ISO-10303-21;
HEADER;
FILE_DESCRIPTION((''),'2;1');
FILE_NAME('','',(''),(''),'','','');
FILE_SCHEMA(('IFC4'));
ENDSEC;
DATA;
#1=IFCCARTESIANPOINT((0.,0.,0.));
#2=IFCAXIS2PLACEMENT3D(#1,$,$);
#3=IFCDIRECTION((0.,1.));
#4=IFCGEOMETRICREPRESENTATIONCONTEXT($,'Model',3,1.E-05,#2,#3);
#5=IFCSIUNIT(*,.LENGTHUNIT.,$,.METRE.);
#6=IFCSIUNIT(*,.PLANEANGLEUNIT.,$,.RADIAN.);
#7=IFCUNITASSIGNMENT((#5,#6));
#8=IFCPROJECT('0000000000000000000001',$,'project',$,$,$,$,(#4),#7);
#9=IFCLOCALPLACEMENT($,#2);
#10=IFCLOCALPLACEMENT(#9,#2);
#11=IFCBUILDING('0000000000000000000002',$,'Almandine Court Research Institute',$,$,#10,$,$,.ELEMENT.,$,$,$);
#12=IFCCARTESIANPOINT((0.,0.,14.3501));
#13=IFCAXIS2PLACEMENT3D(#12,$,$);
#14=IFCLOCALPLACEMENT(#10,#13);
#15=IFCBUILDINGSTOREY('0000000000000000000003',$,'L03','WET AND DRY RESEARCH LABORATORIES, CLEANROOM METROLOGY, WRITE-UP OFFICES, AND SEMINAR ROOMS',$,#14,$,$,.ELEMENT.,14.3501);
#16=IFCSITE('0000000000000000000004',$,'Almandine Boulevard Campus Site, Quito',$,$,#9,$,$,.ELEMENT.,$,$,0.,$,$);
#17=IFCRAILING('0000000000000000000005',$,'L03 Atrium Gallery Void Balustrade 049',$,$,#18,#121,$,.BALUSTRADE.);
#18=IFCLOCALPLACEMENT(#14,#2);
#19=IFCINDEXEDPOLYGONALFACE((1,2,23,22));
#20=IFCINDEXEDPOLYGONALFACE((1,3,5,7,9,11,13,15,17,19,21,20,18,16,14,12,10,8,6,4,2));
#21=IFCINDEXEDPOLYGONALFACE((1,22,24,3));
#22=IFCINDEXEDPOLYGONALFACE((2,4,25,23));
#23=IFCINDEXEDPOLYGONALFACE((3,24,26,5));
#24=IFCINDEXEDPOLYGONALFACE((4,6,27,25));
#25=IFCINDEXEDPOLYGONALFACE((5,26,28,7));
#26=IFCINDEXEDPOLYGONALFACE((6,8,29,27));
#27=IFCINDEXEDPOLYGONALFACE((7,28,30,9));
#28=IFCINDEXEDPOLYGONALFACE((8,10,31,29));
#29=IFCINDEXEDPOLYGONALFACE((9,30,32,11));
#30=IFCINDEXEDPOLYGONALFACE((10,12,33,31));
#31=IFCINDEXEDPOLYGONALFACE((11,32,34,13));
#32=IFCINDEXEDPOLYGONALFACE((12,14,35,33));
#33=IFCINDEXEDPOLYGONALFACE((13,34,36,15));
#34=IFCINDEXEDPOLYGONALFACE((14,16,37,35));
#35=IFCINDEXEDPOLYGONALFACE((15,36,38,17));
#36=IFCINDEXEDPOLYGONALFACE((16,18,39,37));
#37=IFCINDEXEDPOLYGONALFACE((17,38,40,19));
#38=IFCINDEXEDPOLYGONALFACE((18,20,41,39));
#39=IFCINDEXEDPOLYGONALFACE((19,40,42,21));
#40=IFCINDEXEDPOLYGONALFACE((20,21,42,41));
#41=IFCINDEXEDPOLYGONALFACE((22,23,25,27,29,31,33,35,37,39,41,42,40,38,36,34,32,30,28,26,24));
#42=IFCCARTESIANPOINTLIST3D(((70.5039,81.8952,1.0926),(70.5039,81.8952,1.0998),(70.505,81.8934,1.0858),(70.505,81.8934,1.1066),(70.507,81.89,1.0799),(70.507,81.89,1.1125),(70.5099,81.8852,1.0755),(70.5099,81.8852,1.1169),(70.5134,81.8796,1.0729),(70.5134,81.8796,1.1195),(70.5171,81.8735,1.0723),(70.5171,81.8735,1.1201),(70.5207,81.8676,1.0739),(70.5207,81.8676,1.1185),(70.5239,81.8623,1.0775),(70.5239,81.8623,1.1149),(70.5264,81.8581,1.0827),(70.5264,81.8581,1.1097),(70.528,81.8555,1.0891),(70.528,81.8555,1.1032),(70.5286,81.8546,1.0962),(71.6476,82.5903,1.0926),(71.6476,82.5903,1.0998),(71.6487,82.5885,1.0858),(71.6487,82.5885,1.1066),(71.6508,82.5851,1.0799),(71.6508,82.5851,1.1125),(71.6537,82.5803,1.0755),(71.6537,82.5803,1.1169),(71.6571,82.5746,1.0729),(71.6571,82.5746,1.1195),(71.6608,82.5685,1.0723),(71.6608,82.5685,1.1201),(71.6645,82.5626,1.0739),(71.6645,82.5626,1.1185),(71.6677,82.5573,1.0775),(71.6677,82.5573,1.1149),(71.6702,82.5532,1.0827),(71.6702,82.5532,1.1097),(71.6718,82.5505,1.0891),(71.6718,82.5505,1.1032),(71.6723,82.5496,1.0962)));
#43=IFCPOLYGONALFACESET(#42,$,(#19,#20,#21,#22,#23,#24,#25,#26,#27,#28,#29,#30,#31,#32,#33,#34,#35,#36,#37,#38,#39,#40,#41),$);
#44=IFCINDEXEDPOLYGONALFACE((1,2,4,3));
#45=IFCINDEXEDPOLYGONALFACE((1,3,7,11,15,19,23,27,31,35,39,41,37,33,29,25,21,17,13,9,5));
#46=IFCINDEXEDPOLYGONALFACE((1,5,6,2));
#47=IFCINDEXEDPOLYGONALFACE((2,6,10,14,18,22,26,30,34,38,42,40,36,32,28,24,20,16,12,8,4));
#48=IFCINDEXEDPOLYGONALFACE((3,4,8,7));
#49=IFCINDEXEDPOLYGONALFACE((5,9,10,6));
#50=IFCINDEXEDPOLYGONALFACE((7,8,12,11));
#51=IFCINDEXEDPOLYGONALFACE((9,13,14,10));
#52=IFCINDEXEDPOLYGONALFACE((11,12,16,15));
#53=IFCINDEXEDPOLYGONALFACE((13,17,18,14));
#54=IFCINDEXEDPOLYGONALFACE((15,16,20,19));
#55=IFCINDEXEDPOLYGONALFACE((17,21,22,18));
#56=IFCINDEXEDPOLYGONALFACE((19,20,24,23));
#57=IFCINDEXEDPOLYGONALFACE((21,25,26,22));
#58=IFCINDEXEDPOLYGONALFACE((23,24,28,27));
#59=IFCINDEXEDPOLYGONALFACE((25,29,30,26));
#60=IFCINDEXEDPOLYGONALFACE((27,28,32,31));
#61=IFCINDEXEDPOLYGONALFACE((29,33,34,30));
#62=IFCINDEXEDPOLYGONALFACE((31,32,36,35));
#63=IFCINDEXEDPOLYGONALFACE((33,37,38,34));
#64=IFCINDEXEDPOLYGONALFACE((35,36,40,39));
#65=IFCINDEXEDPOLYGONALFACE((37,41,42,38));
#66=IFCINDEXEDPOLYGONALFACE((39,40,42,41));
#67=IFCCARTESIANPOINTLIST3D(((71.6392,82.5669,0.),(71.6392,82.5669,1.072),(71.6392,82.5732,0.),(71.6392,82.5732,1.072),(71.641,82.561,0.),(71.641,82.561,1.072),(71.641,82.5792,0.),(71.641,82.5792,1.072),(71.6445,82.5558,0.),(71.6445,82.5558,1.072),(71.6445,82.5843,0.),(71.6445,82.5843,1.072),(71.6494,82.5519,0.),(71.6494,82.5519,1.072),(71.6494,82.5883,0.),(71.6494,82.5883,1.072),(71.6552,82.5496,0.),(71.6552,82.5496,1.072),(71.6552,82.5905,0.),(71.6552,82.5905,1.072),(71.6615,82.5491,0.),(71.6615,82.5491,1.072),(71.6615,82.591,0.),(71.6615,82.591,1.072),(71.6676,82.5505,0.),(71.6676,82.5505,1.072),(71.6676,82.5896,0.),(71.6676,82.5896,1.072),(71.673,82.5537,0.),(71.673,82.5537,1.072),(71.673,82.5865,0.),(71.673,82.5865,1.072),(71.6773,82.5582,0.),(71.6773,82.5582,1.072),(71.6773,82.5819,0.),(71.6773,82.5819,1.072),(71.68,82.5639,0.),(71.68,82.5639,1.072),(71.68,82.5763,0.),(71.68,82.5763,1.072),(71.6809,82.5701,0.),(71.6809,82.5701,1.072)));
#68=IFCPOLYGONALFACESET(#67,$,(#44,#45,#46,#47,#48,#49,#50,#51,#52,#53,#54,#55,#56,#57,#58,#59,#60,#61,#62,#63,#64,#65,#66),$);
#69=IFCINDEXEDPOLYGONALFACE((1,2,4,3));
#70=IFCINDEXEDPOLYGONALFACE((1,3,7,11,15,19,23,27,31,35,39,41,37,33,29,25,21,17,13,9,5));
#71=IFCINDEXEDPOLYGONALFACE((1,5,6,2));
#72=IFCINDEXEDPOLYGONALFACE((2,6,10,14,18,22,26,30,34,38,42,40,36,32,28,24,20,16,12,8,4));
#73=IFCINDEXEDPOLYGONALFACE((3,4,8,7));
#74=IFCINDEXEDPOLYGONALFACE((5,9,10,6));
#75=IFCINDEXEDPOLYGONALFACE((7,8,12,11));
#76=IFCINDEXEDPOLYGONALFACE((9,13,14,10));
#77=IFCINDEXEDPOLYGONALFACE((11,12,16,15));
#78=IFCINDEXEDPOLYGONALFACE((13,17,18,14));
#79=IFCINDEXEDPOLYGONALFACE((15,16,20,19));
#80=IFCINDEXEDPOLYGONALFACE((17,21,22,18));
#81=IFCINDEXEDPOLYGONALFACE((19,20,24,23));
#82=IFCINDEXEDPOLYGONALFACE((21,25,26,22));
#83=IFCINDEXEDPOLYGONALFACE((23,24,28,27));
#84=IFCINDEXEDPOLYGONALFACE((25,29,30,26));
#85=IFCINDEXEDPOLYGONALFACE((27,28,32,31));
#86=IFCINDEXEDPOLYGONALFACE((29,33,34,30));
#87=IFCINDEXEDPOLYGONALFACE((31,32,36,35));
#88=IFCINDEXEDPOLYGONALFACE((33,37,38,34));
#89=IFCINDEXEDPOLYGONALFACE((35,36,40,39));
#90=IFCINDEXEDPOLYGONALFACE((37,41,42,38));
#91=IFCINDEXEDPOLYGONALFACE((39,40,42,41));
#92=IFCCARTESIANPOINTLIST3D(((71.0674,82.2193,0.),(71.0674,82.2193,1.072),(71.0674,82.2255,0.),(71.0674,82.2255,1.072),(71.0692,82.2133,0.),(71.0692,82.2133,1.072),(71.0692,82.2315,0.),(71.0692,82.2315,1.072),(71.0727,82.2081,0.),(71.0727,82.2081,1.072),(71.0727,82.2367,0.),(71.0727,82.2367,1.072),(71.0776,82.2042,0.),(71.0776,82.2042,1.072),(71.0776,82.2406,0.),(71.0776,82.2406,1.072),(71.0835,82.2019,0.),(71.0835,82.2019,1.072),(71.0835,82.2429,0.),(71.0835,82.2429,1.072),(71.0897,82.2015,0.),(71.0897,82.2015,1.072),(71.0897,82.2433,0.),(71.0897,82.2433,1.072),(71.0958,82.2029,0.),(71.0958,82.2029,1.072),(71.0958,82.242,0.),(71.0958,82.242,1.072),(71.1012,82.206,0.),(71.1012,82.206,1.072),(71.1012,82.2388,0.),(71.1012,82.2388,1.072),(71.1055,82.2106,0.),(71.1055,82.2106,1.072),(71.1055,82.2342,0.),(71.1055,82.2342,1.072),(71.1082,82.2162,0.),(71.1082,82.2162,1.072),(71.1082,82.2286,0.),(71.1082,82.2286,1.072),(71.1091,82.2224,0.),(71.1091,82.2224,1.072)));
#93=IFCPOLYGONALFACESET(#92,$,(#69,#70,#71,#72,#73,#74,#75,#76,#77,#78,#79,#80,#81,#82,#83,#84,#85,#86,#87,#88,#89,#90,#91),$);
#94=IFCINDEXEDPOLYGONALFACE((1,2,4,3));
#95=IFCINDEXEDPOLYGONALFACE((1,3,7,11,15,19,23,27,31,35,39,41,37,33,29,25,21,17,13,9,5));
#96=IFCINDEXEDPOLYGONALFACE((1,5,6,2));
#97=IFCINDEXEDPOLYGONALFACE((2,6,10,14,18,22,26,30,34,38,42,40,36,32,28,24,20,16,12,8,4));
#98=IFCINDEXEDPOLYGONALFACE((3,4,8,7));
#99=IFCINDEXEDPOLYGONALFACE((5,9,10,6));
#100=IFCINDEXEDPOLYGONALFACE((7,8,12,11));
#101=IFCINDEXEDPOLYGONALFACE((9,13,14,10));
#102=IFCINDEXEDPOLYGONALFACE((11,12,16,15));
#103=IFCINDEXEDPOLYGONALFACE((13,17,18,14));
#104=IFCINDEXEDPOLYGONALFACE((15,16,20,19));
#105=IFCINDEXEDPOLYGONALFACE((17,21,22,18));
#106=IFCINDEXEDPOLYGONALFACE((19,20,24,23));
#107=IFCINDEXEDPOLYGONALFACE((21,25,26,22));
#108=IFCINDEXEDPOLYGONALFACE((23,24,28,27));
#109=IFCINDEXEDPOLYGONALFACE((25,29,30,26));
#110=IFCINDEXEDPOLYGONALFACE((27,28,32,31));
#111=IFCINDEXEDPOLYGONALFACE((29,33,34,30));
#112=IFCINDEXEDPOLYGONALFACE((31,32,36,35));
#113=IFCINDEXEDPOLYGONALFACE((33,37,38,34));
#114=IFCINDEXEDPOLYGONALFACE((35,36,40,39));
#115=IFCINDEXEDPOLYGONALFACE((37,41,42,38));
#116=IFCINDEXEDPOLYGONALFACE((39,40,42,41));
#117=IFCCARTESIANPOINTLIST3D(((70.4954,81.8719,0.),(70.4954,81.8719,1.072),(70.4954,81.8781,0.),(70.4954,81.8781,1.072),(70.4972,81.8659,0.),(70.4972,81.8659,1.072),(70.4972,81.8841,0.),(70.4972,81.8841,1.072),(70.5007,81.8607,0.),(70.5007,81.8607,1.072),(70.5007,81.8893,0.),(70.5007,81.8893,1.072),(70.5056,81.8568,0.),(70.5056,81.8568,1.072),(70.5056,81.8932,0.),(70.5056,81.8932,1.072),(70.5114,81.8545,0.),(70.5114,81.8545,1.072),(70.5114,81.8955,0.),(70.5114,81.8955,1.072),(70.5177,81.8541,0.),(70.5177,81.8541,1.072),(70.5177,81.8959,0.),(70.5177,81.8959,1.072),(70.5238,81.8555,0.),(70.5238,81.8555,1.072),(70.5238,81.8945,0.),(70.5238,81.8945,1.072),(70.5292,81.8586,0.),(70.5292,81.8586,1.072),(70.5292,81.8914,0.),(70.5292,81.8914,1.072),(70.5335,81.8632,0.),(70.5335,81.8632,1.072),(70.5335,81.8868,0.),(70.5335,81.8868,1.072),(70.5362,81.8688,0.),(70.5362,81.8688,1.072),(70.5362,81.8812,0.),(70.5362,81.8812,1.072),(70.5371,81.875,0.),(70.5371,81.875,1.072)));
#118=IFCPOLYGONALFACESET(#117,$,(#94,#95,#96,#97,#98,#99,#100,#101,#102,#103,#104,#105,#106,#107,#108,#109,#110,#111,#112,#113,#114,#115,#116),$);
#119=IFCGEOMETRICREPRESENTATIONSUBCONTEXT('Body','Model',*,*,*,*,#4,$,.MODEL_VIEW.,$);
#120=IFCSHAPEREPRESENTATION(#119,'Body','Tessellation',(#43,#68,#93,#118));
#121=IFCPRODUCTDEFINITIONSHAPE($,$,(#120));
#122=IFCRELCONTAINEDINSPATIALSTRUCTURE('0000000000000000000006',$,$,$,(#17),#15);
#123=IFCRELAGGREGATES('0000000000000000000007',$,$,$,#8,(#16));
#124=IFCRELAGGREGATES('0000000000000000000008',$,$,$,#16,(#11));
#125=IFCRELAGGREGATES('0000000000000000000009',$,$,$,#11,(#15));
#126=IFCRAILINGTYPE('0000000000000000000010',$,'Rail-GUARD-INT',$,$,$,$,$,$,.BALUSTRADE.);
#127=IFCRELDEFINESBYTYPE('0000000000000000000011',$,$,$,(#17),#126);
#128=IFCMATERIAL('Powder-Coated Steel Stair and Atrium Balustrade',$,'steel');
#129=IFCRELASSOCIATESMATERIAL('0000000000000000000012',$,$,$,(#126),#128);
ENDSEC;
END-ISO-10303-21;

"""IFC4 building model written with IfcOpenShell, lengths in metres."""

from ifc_helpers import new_model, si_unit, direction, frame, origin, origin_2d, place, context, subcontext, project, spatial, circle, extrude, material, type_object, element, save


model = new_model("IFC4")

# Units and contexts
model_context = context("Model", 3, precision=1e-05, world=origin(), true_north=direction((0.0, 1.0)))
body_context = subcontext(model_context, "Body", "Model", "MODEL_VIEW")
ifc_project = project(units=[si_unit("LENGTHUNIT", "METRE"), si_unit("PLANEANGLEUNIT", "RADIAN")], contexts=[model_context])

# Site, building, storey
site_placement = place(None, origin())
site = spatial("IfcSite", under=ifc_project, at=site_placement, Name="Almandine Boulevard Campus Site, Quito", CompositionType="ELEMENT", RefElevation=0.0)
building_placement = place(site_placement, origin())
building = spatial("IfcBuilding", under=site, at=building_placement, Name="Almandine Court Research Institute", CompositionType="ELEMENT")
storey_placement = place(building_placement, frame((0.0, 0.0, 14.3501)))
storey = spatial("IfcBuildingStorey", under=building, at=storey_placement, Name="L03", Description="WET AND DRY RESEARCH LABORATORIES, CLEANROOM METROLOGY, WRITE-UP OFFICES, AND SEMINAR ROOMS", CompositionType="ELEMENT", Elevation=14.3501)

# Railing
ifc_material_1 = material(Name="Powder-Coated Steel Stair and Atrium Balustrade", Category="steel")
railing_type = type_object("IfcRailingType", Name="Rail-GUARD-INT", PredefinedType="BALUSTRADE", material=ifc_material_1)
railing_1_placement = place(storey_placement, frame((71.6599, 82.5701, 0.0)))
element("IfcRailing", 1, at=railing_1_placement, inside=storey, type_object=railing_type, Name="L03 Atrium Gallery Void Balustrade 049", PredefinedType="BALUSTRADE", context=body_context, shape_type="SweptSolid", body=[
    extrude(circle(Radius=0.0239, at=origin_2d()), frame((0.0, 0.0, 1.0962), z_axis=(-0.854582, -0.519316, 0.0), x_axis=(0.519316, -0.854582, 0.0)), (0.0, 0.0, 1.0), 1.3384),
    extrude(circle(Radius=0.021, at=origin_2d()), origin(), (0.0, 0.0, 1.0), 1.072),
    extrude(circle(Radius=0.021, at=origin_2d()), frame((-0.5718, -0.3477, 0.0)), (0.0, 0.0, 1.0), 1.072),
    extrude(circle(Radius=0.021, at=origin_2d()), frame((-1.1438, -0.6951, 0.0)), (0.0, 0.0, 1.0), 1.072),
])

save(model, "model.ifc")
